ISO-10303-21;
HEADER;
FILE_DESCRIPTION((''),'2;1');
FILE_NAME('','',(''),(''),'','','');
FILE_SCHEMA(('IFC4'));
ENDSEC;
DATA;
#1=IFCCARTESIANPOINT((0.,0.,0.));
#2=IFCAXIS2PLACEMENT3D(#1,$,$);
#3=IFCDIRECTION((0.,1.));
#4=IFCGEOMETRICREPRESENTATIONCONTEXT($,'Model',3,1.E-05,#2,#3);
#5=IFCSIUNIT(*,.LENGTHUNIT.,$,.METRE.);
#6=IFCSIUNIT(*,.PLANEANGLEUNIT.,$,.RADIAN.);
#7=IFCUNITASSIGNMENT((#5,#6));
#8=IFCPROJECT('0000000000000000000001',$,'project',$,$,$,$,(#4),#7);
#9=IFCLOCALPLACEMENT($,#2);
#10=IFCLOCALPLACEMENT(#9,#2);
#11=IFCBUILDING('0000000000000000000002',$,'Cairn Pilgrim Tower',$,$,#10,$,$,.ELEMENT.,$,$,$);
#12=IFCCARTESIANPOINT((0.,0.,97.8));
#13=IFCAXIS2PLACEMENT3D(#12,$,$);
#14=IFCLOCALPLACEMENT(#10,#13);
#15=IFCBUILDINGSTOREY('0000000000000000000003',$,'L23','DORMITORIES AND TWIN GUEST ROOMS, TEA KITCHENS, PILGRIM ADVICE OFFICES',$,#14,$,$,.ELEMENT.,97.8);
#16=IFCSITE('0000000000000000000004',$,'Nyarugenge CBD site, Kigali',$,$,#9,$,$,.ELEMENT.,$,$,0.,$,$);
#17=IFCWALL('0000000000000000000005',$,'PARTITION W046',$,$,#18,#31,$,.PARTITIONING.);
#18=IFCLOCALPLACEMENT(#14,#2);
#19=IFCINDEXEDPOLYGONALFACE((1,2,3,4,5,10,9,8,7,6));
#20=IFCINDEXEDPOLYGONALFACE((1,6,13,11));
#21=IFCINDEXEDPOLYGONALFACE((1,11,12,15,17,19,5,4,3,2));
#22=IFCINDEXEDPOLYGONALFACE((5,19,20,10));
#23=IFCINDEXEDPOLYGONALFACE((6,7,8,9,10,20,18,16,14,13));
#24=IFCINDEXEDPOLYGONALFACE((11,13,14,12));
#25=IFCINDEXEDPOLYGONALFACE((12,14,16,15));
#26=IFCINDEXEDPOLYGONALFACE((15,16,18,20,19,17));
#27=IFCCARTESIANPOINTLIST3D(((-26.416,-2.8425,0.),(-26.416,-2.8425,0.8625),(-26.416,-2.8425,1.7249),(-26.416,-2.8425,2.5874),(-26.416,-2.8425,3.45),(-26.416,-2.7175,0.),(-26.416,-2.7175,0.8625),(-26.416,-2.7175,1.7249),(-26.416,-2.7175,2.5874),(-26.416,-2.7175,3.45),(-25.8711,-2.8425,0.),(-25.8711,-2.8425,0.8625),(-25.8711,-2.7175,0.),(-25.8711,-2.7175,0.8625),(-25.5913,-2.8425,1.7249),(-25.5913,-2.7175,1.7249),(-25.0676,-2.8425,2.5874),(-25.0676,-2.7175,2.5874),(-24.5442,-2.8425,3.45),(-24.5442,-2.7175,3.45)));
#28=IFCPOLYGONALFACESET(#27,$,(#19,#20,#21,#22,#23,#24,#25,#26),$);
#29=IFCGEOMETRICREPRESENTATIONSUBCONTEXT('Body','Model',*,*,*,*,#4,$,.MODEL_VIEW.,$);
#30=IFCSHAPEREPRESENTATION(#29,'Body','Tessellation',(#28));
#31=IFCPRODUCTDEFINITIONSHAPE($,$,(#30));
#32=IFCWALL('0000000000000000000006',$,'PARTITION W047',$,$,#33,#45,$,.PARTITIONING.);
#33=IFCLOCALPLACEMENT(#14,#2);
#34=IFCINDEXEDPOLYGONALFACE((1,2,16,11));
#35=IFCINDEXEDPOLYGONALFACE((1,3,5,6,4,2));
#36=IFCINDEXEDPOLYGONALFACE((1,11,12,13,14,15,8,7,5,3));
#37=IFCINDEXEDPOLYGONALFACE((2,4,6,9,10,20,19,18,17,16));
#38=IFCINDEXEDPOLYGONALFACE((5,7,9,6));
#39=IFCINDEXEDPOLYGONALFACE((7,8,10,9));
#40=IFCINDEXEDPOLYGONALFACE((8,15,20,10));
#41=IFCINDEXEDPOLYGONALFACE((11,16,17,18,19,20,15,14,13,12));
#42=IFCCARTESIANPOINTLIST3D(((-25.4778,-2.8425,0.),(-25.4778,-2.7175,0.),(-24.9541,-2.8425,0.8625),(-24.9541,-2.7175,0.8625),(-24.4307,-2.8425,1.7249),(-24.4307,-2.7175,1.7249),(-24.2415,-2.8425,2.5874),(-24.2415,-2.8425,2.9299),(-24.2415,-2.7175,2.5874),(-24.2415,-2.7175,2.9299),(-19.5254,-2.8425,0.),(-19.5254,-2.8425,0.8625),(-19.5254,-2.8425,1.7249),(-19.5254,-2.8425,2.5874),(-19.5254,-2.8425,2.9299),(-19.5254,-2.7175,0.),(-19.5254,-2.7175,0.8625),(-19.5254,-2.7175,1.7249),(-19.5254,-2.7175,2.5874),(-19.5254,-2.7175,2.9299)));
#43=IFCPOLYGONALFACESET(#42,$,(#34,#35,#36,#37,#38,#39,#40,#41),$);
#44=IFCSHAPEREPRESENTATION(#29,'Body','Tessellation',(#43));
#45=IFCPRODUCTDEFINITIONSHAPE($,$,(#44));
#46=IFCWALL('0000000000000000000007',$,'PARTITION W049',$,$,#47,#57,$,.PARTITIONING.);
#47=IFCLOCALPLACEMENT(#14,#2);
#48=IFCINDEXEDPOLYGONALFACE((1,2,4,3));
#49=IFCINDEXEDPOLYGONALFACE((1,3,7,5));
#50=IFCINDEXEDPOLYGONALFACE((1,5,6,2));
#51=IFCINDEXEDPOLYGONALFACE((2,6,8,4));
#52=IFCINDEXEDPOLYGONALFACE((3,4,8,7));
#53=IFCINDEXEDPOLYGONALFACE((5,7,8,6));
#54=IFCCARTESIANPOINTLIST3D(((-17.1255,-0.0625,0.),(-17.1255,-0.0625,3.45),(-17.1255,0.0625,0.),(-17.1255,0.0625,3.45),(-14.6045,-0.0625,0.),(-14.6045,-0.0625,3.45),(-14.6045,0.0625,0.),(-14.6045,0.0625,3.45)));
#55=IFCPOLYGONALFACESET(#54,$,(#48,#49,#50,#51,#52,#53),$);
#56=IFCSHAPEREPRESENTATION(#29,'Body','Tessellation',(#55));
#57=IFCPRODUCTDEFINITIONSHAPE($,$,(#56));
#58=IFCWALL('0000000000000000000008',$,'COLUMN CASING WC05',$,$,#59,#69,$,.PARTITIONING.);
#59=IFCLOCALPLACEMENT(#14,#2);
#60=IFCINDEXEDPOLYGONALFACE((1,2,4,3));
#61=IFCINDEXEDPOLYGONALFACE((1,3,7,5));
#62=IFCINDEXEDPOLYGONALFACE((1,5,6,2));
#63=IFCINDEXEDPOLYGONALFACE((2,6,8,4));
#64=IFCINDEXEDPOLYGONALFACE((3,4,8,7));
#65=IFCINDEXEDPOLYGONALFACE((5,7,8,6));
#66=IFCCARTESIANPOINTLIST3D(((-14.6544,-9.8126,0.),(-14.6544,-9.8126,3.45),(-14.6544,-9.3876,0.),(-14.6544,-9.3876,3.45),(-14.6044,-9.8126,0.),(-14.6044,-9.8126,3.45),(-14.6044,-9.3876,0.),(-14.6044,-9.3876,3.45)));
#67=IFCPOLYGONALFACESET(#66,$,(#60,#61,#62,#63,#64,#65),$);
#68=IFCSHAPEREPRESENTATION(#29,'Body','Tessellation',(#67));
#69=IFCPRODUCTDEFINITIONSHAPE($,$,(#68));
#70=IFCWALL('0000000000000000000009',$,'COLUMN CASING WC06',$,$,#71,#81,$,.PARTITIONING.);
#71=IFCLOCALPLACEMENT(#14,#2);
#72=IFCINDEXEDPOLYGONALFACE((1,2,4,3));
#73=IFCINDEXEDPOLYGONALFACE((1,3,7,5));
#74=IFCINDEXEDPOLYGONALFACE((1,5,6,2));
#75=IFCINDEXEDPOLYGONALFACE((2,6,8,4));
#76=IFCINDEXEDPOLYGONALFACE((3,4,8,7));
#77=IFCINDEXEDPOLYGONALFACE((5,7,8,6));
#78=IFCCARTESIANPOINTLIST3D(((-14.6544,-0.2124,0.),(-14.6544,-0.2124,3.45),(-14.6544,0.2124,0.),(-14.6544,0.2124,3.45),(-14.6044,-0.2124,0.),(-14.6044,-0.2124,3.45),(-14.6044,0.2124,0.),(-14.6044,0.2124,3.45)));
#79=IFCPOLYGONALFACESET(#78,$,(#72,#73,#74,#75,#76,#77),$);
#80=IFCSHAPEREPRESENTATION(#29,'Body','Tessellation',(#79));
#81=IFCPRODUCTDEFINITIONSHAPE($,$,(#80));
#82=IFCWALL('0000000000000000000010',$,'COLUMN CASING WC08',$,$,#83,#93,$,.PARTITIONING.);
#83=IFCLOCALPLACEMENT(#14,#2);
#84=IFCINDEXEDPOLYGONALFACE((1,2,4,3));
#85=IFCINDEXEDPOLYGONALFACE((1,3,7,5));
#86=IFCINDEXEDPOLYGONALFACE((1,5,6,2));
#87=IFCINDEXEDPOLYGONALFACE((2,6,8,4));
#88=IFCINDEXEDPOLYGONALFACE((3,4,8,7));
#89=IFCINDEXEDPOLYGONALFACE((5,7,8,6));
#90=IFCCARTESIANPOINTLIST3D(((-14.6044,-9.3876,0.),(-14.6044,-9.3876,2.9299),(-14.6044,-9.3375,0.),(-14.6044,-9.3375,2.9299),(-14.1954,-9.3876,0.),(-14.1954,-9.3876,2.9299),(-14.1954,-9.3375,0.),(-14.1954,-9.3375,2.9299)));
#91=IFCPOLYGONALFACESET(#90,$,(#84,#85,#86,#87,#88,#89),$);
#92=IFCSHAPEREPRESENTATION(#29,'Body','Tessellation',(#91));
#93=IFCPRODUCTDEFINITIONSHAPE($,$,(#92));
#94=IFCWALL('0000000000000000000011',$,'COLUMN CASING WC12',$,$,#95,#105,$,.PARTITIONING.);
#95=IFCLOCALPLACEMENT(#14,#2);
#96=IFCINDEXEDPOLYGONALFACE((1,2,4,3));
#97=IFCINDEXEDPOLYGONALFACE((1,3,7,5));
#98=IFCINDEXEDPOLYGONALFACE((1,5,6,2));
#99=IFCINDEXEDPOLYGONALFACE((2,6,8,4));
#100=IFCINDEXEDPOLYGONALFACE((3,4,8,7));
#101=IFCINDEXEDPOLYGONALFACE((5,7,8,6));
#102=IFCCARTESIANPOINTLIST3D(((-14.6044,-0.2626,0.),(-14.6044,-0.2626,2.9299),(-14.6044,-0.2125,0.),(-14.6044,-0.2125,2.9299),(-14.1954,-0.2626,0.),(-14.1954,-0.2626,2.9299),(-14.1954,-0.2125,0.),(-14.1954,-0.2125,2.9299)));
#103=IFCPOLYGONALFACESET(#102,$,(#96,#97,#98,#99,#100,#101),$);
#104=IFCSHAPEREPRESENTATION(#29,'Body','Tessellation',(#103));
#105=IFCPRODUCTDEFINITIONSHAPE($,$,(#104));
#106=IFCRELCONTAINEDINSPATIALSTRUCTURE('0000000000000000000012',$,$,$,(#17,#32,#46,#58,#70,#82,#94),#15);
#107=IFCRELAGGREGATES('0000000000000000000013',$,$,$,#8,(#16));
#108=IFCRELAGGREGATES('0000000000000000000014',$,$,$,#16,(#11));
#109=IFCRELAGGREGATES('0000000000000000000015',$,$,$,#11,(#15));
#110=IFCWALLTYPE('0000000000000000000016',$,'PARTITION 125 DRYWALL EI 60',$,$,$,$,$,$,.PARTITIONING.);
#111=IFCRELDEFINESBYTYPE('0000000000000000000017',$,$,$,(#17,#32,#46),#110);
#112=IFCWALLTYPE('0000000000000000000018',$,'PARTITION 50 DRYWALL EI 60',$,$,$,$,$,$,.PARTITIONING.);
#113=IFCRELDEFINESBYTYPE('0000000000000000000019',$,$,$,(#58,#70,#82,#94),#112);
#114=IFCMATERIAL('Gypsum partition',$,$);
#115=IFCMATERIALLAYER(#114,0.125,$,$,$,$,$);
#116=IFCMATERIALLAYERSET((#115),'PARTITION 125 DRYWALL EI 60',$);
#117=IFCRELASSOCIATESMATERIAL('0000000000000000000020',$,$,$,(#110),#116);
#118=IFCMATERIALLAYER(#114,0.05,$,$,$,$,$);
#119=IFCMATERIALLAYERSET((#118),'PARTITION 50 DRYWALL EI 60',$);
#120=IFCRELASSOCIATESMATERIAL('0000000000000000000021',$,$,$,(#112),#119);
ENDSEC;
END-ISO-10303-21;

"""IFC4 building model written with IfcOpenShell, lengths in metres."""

from ifc_helpers import new_model, si_unit, direction, frame, frame_2d, origin, place, context, subcontext, project, spatial, polyline, rectangle, outline, extrude, material, layer, layer_set, type_object, element, save


model = new_model("IFC4")

# Units and contexts
model_context = context("Model", 3, precision=1e-05, world=origin(), true_north=direction((0.0, 1.0)))
body_context = subcontext(model_context, "Body", "Model", "MODEL_VIEW")
ifc_project = project(units=[si_unit("LENGTHUNIT", "METRE"), si_unit("PLANEANGLEUNIT", "RADIAN")], contexts=[model_context])

# Site, building, storey
site_placement = place(None, origin())
site = spatial("IfcSite", under=ifc_project, at=site_placement, Name="Nyarugenge CBD site, Kigali", CompositionType="ELEMENT", RefElevation=0.0)
building_placement = place(site_placement, origin())
building = spatial("IfcBuilding", under=site, at=building_placement, Name="Cairn Pilgrim Tower", CompositionType="ELEMENT")
storey_placement = place(building_placement, frame((0.0, 0.0, 97.8)))
storey = spatial("IfcBuildingStorey", under=building, at=storey_placement, Name="L23", Description="DORMITORIES AND TWIN GUEST ROOMS, TEA KITCHENS, PILGRIM ADVICE OFFICES", CompositionType="ELEMENT", Elevation=97.8)

# Shared definitions
ifc_material_1 = material(Name="Gypsum partition")
ifc_layer_1 = layer(ifc_material_1, 0.125)
ifc_layer_set_1 = layer_set([ifc_layer_1], Name="PARTITION 125 DRYWALL EI 60")
wall_type_1 = type_object("IfcWallType", Name="PARTITION 125 DRYWALL EI 60", PredefinedType="PARTITIONING", material=ifc_layer_set_1)

# Walls
wall_1_placement = place(storey_placement, frame((-26.416, -2.78, 0.0), z_axis=(0.0, 0.0, 1.0), x_axis=(1.0, 0.0, 0.0)))
element("IfcWall", 1, at=wall_1_placement, inside=storey, type_object=wall_type_1, Name="PARTITION W046", PredefinedType="PARTITIONING", context=body_context, shape_type="SweptSolid", body=[
    extrude(outline(polyline([(0.0, 0.0), (0.5449, 0.0), (0.5449, 0.8625), (0.8247, 1.7249), (1.3484, 2.5874), (1.8718, 3.45), (0.0, 3.45), (0.0, 2.5874), (0.0, 1.7249), (0.0, 0.8625), (0.0, 0.0)])), frame((0.0, 0.0625, 0.0), z_axis=(0.0, -1.0, 0.0), x_axis=(1.0, 0.0, 0.0)), (0.0, 0.0, 1.0), 0.125),
])
wall_2_placement = place(storey_placement, frame((-25.4778, -2.78, 0.0), z_axis=(0.0, 0.0, 1.0), x_axis=(1.0, 0.0, 0.0)))
element("IfcWall", 2, at=wall_2_placement, inside=storey, type_object=wall_type_1, Name="PARTITION W047", PredefinedType="PARTITIONING", context=body_context, shape_type="SweptSolid", body=[
    extrude(outline(polyline([(0.0, 0.0), (5.9524, 0.0), (5.9524, 0.8625), (5.9524, 1.7249), (5.9524, 2.5874), (5.9524, 2.9299), (1.2363, 2.9299), (1.2363, 2.5874), (1.0471, 1.7249), (0.5237, 0.8625), (0.0, 0.0)])), frame((0.0, 0.0625, 0.0), z_axis=(0.0, -1.0, 0.0), x_axis=(1.0, 0.0, 0.0)), (0.0, 0.0, 1.0), 0.125),
])
wall_3_placement = place(storey_placement, frame((-17.1255, 0.0, 0.0), z_axis=(0.0, 0.0, 1.0), x_axis=(1.0, 0.0, 0.0)))
element("IfcWall", 3, at=wall_3_placement, inside=storey, type_object=wall_type_1, Name="PARTITION W049", PredefinedType="PARTITIONING", context=body_context, shape_type="SweptSolid", body=[
    extrude(rectangle(XDim=2.521, YDim=0.125, at=frame_2d((1.2605, 0.0))), origin(), (0.0, 0.0, 1.0), 3.45),
])
ifc_layer_2 = layer(ifc_material_1, 0.05)
ifc_layer_set_2 = layer_set([ifc_layer_2], Name="PARTITION 50 DRYWALL EI 60")
wall_type_2 = type_object("IfcWallType", Name="PARTITION 50 DRYWALL EI 60", PredefinedType="PARTITIONING", material=ifc_layer_set_2)
wall_4_placement = place(storey_placement, frame((-14.6294, -9.8125, 0.0), z_axis=(0.0, 0.0, 1.0), x_axis=(0.0, 1.0, 0.0)))
element("IfcWall", 4, at=wall_4_placement, inside=storey, type_object=wall_type_2, Name="COLUMN CASING WC05", PredefinedType="PARTITIONING", context=body_context, shape_type="SweptSolid", body=[
    extrude(rectangle(XDim=0.425, YDim=0.05, at=frame_2d((0.2124, 0.0))), origin(), (0.0, 0.0, 1.0), 3.45),
])
wall_5_placement = place(storey_placement, frame((-14.6294, -0.2124, 0.0), z_axis=(0.0, 0.0, 1.0), x_axis=(0.0, 1.0, 0.0)))
element("IfcWall", 5, at=wall_5_placement, inside=storey, type_object=wall_type_2, Name="COLUMN CASING WC06", PredefinedType="PARTITIONING", context=body_context, shape_type="SweptSolid", body=[
    extrude(rectangle(XDim=0.4248, YDim=0.05, at=frame_2d((0.2124, 0.0))), origin(), (0.0, 0.0, 1.0), 3.45),
])
for number, where, z_axis, x_axis, name in (
    (6, (-14.6045, -9.3625, 0.0), (0.0, 0.0, 1.0), (1.0, 0.0, 0.0), "COLUMN CASING WC08"),
    (7, (-14.6045, -0.2375, 0.0), (0.0, 0.0, 1.0), (1.0, 0.0, 0.0), "COLUMN CASING WC12"),
):
    element("IfcWall", number, at=place(storey_placement, frame(where, z_axis=z_axis, x_axis=x_axis)), inside=storey, type_object=wall_type_2, Name=name, PredefinedType="PARTITIONING", context=body_context, shape_type="SweptSolid", body=[
        extrude(rectangle(XDim=0.4089, YDim=0.05, at=frame_2d((0.2046, 0.0))), origin(), (0.0, 0.0, 1.0), 2.9299),
    ])

save(model, "model.ifc")
